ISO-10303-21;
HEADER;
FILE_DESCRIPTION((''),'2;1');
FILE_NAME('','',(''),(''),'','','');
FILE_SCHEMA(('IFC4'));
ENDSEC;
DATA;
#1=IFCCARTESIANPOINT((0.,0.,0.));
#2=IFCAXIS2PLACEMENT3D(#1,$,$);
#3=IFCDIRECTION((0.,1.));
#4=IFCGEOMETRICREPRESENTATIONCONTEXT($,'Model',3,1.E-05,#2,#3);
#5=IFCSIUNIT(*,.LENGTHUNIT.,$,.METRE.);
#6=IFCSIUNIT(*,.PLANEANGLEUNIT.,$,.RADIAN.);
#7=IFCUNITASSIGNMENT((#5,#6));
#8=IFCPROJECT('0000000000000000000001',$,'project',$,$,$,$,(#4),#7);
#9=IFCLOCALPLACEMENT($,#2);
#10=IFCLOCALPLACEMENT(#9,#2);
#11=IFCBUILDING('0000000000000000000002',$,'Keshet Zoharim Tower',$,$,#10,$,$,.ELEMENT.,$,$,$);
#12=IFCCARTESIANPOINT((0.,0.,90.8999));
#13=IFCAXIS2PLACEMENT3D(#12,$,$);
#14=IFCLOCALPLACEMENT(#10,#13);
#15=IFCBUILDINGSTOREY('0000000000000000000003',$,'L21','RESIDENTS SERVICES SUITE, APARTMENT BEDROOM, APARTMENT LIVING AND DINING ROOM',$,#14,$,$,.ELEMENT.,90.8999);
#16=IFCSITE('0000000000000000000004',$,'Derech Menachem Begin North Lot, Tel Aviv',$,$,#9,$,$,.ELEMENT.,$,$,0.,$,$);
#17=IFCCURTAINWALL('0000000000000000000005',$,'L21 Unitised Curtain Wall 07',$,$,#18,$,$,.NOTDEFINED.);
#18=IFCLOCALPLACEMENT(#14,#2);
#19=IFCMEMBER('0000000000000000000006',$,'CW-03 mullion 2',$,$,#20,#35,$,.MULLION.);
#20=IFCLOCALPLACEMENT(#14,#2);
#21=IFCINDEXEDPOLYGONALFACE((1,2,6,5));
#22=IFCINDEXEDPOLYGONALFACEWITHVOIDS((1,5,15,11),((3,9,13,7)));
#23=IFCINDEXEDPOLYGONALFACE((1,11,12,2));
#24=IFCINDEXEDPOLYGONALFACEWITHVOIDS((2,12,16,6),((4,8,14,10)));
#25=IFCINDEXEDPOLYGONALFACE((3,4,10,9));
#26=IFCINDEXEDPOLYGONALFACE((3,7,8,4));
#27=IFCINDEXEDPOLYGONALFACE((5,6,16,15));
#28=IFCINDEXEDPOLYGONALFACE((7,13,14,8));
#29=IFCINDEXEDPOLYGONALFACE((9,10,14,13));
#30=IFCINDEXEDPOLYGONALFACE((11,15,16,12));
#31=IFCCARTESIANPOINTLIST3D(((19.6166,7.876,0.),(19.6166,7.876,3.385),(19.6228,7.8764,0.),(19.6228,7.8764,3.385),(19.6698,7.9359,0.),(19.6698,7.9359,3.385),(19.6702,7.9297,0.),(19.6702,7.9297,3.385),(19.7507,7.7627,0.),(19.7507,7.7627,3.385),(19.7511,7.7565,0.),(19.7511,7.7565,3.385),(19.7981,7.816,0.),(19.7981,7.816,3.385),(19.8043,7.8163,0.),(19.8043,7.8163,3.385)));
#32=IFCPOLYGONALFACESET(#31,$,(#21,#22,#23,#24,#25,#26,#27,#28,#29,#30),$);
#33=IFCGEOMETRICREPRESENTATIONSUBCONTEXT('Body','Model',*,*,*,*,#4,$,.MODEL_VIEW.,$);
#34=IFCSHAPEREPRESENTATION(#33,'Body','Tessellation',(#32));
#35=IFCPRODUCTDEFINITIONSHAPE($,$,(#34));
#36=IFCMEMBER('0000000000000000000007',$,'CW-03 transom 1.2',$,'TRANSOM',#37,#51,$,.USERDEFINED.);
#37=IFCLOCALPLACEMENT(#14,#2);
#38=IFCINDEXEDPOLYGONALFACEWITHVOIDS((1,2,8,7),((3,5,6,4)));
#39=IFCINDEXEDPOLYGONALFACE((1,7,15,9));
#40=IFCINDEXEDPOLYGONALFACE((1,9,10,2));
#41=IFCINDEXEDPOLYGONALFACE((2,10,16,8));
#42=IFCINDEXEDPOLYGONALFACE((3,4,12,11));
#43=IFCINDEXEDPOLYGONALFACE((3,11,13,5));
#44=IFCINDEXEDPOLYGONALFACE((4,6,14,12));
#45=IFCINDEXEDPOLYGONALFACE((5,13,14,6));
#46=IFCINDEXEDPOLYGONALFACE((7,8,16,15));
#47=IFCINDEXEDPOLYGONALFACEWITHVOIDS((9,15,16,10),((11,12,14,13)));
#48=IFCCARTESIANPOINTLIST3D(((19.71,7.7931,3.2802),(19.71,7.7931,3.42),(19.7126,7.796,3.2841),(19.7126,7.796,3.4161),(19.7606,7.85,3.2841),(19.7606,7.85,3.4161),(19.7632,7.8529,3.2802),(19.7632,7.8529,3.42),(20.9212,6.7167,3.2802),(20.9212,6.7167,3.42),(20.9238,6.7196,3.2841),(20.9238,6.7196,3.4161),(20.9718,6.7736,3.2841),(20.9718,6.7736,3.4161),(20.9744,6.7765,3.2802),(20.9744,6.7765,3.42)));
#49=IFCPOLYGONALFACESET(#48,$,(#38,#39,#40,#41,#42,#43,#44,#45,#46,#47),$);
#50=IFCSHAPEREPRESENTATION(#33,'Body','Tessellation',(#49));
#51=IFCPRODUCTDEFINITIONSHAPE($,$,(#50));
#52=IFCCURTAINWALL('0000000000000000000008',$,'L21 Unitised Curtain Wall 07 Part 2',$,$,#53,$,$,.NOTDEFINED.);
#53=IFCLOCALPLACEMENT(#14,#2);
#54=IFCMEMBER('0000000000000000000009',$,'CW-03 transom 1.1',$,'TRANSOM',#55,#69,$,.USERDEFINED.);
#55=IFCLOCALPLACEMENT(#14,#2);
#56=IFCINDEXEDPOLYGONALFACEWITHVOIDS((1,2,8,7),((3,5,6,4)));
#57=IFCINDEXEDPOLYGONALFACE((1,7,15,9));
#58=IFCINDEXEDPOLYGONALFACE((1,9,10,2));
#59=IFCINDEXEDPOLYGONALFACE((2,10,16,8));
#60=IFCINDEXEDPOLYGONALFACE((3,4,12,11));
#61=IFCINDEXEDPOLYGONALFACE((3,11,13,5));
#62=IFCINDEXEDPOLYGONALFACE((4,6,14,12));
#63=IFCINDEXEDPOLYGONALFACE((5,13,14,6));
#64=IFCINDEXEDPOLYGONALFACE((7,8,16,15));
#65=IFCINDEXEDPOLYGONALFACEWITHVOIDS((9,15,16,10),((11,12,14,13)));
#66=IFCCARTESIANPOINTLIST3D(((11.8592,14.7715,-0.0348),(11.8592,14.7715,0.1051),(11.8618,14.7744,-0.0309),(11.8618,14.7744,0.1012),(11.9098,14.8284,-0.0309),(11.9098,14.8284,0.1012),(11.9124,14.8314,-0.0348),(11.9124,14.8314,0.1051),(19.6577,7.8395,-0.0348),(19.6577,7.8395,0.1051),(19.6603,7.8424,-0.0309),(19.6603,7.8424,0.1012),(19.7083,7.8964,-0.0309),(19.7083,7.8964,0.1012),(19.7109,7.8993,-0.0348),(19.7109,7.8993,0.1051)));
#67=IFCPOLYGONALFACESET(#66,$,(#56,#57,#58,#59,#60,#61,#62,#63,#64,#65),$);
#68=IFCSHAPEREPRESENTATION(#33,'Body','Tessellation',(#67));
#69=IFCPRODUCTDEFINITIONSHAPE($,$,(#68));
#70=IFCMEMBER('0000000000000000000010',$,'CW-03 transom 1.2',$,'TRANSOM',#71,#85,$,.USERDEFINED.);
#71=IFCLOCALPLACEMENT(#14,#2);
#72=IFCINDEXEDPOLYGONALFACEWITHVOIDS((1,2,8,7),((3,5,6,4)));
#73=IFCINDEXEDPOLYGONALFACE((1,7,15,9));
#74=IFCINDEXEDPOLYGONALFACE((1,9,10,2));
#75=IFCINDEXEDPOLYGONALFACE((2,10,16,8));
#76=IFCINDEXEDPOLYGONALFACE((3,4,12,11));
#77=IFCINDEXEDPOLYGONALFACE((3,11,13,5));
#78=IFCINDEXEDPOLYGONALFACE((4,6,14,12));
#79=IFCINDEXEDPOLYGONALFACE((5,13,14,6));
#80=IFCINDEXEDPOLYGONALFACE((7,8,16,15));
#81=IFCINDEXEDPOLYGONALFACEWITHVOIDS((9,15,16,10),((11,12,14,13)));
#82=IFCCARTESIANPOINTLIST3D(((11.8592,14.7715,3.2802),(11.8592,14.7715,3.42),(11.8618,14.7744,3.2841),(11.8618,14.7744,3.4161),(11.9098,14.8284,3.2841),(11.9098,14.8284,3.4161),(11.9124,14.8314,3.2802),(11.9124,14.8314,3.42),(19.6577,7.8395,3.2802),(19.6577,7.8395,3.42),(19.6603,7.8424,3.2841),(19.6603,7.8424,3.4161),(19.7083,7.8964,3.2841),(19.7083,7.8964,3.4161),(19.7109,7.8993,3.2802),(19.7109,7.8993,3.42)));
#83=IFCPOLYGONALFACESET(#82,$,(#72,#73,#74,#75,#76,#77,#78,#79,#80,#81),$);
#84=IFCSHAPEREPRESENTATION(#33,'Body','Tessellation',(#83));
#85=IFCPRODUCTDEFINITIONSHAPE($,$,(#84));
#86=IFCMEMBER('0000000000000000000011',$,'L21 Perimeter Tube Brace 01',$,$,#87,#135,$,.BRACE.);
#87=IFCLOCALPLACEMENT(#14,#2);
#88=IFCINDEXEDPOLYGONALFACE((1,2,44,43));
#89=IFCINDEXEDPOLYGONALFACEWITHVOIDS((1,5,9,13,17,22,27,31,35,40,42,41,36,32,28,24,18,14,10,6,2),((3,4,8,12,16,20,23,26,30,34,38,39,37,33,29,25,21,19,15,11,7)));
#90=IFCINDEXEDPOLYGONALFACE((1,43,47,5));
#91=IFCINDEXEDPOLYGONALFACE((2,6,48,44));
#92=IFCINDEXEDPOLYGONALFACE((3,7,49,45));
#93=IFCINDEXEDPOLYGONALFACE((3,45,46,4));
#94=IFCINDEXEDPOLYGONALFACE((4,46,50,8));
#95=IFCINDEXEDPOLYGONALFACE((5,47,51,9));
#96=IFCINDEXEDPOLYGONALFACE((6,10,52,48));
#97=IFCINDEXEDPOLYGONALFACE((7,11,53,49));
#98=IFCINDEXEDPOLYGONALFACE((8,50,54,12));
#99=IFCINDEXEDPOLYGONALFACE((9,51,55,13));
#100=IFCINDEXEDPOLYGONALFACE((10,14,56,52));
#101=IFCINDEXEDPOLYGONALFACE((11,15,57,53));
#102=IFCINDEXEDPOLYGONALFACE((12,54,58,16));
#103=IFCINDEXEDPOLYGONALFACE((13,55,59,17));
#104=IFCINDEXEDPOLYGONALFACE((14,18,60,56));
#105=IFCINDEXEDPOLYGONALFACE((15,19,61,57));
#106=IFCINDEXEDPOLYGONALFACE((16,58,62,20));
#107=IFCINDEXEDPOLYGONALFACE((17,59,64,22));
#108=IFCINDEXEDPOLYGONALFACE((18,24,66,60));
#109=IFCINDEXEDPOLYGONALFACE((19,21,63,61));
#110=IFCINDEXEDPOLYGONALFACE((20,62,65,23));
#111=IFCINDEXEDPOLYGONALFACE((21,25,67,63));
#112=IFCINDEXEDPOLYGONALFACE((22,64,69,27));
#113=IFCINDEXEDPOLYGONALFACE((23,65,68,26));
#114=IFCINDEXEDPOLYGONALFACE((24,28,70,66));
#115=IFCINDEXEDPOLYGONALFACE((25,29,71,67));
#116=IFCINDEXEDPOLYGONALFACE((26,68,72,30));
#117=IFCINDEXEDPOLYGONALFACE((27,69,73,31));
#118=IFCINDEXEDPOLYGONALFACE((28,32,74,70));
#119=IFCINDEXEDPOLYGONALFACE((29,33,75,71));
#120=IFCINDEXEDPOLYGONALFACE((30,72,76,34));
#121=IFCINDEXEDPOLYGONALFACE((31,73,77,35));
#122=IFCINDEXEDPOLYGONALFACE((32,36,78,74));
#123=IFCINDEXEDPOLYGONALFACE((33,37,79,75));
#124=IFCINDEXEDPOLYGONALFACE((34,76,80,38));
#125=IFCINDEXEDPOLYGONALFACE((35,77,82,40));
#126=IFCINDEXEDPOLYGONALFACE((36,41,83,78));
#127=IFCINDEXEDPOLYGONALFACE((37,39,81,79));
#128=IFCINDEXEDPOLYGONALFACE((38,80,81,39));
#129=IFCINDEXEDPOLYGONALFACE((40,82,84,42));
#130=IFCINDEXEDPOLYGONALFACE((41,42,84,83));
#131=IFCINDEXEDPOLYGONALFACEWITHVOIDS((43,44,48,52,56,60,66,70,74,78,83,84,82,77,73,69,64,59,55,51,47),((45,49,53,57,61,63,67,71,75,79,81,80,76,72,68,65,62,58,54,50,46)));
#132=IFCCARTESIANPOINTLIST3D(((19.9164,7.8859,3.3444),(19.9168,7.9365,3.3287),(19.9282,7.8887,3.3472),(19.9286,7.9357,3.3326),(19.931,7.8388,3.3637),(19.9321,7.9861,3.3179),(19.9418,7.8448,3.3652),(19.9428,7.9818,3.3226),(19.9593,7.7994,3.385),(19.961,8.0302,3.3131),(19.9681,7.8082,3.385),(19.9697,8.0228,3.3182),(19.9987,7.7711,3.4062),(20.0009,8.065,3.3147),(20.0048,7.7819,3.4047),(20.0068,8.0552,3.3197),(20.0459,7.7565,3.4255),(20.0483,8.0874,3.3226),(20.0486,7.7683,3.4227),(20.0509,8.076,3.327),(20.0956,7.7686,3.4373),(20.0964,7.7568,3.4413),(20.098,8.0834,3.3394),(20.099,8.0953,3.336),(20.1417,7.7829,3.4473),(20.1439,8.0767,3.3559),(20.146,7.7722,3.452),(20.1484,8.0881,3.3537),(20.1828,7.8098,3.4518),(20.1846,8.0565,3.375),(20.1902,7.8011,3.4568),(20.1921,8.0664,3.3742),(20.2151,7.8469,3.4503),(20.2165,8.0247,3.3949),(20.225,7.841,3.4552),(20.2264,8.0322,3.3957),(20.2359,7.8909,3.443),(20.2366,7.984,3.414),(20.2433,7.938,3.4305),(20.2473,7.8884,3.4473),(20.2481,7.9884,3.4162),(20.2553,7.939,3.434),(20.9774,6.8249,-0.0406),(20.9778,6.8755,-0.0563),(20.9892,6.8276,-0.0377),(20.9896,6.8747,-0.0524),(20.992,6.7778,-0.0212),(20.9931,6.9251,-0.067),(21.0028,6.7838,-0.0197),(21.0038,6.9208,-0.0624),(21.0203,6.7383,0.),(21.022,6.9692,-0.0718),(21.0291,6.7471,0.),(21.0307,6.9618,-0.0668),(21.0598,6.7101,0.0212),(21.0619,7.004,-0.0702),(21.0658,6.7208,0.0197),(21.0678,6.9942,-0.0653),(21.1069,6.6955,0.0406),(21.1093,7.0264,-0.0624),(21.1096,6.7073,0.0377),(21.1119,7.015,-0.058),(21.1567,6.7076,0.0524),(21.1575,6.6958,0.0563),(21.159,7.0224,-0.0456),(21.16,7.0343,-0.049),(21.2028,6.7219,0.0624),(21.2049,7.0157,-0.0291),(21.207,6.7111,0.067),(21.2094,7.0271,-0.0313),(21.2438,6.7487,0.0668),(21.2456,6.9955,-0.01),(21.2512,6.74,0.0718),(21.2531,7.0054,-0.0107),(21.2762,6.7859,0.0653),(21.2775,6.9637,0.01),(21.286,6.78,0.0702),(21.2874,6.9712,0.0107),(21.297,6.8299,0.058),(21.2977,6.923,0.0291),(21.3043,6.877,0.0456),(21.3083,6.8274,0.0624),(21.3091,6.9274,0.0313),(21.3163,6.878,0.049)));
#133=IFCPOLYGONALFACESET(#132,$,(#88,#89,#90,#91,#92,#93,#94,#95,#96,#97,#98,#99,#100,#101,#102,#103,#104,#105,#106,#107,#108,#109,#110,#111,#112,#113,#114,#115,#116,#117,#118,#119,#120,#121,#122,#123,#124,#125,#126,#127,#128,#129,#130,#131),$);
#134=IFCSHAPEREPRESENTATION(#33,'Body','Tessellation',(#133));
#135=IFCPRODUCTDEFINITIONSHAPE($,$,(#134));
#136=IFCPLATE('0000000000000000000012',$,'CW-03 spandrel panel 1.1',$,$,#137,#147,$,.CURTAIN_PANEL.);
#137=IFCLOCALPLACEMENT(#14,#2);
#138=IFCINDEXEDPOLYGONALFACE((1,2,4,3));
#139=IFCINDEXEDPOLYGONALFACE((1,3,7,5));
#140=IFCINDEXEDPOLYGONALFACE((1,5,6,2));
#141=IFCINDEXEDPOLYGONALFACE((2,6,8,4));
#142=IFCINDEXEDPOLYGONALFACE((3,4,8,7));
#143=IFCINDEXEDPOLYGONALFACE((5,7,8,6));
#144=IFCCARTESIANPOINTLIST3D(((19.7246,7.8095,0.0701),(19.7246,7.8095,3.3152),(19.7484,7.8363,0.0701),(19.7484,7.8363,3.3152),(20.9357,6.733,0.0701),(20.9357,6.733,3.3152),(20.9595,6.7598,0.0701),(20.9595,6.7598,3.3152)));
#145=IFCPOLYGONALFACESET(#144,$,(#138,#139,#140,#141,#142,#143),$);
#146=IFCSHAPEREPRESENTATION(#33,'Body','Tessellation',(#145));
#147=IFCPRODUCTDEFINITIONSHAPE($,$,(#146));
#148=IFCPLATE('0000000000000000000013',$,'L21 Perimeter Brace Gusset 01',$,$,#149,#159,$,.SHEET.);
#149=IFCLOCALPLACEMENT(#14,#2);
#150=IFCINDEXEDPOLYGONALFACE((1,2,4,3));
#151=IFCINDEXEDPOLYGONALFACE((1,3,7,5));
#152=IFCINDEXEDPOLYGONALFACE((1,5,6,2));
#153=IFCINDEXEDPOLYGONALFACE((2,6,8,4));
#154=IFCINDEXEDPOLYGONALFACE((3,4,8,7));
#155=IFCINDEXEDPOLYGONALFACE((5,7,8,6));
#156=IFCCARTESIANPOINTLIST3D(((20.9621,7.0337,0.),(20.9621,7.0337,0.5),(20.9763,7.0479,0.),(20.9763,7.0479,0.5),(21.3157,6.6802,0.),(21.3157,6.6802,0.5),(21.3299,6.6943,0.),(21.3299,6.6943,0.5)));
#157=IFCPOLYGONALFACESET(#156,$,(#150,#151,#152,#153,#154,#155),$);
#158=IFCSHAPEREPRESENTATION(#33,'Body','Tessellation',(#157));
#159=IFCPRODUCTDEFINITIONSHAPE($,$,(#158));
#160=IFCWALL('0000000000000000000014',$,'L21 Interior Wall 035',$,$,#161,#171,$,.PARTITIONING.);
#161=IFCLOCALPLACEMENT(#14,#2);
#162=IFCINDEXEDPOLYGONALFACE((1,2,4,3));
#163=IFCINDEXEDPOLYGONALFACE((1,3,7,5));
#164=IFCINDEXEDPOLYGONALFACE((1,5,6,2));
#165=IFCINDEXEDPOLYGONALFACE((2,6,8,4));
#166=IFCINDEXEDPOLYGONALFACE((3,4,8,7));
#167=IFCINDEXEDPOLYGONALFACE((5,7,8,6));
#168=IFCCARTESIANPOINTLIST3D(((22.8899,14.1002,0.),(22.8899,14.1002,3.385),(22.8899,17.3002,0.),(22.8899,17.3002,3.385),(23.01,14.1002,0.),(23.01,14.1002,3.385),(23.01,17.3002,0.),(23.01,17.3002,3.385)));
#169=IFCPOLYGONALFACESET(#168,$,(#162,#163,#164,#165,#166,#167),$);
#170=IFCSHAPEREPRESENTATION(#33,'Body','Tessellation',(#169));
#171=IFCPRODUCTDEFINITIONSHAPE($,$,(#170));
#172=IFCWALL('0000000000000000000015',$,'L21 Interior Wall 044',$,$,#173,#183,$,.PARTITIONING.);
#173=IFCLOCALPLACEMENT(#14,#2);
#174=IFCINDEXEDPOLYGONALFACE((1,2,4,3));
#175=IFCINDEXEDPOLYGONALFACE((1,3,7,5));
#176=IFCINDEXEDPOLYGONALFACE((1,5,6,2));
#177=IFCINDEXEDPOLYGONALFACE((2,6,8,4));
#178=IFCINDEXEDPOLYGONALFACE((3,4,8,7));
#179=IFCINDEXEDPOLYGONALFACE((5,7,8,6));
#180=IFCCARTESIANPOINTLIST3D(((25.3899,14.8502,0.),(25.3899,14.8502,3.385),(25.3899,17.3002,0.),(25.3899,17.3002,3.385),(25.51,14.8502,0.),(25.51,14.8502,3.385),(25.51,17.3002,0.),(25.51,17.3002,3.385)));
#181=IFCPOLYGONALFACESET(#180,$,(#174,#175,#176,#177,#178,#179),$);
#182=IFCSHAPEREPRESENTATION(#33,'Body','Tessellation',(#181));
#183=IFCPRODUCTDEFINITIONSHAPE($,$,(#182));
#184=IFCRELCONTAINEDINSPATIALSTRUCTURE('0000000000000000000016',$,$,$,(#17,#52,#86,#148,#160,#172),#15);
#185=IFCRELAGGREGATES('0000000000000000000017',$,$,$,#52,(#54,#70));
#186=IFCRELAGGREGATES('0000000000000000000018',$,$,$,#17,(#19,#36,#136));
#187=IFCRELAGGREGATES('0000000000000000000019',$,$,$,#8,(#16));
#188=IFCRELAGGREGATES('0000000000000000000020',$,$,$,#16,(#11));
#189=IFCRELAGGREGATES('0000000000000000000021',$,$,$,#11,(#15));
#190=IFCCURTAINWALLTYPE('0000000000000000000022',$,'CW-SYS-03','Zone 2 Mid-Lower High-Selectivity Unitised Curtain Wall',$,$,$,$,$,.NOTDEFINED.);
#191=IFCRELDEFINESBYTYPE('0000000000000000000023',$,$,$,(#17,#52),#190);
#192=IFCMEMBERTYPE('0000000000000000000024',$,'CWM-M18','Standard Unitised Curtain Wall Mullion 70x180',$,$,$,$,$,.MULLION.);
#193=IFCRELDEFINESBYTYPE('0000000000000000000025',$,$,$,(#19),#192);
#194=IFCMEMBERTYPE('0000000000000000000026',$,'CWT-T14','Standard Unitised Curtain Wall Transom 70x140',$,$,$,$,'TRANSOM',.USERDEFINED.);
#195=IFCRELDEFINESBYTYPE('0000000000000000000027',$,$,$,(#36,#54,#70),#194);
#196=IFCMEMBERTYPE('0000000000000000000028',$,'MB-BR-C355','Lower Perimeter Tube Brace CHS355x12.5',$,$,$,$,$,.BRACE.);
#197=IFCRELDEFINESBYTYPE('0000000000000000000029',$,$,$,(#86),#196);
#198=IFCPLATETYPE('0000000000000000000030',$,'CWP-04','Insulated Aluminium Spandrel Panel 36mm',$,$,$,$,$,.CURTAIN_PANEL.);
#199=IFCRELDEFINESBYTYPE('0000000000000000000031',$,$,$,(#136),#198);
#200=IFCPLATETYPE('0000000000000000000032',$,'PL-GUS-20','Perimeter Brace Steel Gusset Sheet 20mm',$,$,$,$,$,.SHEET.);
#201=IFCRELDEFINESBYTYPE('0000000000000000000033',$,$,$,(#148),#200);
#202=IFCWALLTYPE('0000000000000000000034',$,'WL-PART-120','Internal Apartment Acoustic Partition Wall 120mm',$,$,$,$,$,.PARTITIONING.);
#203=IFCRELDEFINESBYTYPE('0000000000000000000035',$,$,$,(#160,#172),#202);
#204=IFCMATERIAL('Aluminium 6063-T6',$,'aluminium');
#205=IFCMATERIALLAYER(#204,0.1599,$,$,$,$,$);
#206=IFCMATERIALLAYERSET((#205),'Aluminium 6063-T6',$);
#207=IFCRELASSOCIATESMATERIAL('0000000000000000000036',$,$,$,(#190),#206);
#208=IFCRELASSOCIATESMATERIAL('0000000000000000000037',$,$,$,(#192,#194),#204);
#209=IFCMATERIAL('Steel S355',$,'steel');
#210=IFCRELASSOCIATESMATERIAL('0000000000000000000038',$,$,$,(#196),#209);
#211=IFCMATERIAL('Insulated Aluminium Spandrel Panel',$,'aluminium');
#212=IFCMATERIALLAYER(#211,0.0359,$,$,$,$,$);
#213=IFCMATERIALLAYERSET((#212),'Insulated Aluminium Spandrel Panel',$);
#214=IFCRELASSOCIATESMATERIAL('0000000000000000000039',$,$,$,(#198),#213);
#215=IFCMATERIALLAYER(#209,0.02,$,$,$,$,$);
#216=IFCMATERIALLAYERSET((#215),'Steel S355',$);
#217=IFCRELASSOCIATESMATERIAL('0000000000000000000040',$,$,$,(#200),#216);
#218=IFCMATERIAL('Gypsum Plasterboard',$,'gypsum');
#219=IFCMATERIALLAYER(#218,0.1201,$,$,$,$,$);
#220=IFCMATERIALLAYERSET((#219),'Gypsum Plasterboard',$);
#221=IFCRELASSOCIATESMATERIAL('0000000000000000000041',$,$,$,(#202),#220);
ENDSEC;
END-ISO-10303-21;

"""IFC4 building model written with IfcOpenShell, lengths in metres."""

from ifc_helpers import new_model, si_unit, direction, frame, frame_2d, origin, origin_2d, place, context, subcontext, project, spatial, rectangle, hollow_rectangle, hollow_circle, extrude, material, layer, layer_set, material_profile, profile_set, type_object, element, aggregate, save


model = new_model("IFC4")

# Units and contexts
model_context = context("Model", 3, precision=1e-05, world=origin(), true_north=direction((0.0, 1.0)))
body_context = subcontext(model_context, "Body", "Model", "MODEL_VIEW")
ifc_project = project(units=[si_unit("LENGTHUNIT", "METRE"), si_unit("PLANEANGLEUNIT", "RADIAN")], contexts=[model_context])

# Site, building, storey
site_placement = place(None, origin())
site = spatial("IfcSite", under=ifc_project, at=site_placement, Name="Derech Menachem Begin North Lot, Tel Aviv", CompositionType="ELEMENT", RefElevation=0.0)
building_placement = place(site_placement, origin())
building = spatial("IfcBuilding", under=site, at=building_placement, Name="Keshet Zoharim Tower", CompositionType="ELEMENT")
storey_placement = place(building_placement, frame((0.0, 0.0, 90.8999)))
storey = spatial("IfcBuildingStorey", under=building, at=storey_placement, Name="L21", Description="RESIDENTS SERVICES SUITE, APARTMENT BEDROOM, APARTMENT LIVING AND DINING ROOM", CompositionType="ELEMENT", Elevation=90.8999)

# Curtain walls, members
ifc_material_1 = material(Name="Aluminium 6063-T6", Category="aluminium")
ifc_layer_1 = layer(ifc_material_1, 0.1599)
ifc_layer_set_1 = layer_set([ifc_layer_1], Name="Aluminium 6063-T6")
curtain_wall_type = type_object("IfcCurtainWallType", Name="CW-SYS-03", Description="Zone 2 Mid-Lower High-Selectivity Unitised Curtain Wall", PredefinedType="NOTDEFINED", material=ifc_layer_set_1)
curtain_wall_1_placement = place(storey_placement, origin())
curtain_wall_1 = element("IfcCurtainWall", 1, at=curtain_wall_1_placement, inside=storey, type_object=curtain_wall_type, Name="L21 Unitised Curtain Wall 07", PredefinedType="NOTDEFINED")
ifc_material_profile_1 = material_profile(ifc_material_1, hollow_rectangle(XDim=0.0801, YDim=0.1799, WallThickness=0.0044, at=origin_2d()), Name="MUL-80x180")
ifc_profile_set_1 = profile_set([ifc_material_profile_1], Name="Aluminium 6063-T6")
member_type_1 = type_object("IfcMemberType", Name="CWM-M18", Description="Standard Unitised Curtain Wall Mullion 70x180", PredefinedType="MULLION", material=ifc_profile_set_1)
member_1_placement = place(storey_placement, frame((19.7104, 7.8462, 0.0), z_axis=(0.0, 0.0, 1.0), x_axis=(-0.66436, -0.747412, 0.0)))
member_1 = element("IfcMember", 2, at=member_1_placement, type_object=member_type_1, Name="CW-03 mullion 2", PredefinedType="MULLION", context=body_context, shape_type="SweptSolid", body=[
    extrude(hollow_rectangle(XDim=0.0801, YDim=0.1799, WallThickness=0.0044, at=origin_2d()), origin(), (0.0, 0.0, 1.0), 3.385),
])
ifc_material_profile_2 = material_profile(ifc_material_1, hollow_rectangle(XDim=0.0801, YDim=0.1399, WallThickness=0.0039, at=origin_2d()), Name="TRN-80x140")
ifc_profile_set_2 = profile_set([ifc_material_profile_2], Name="Aluminium 6063-T6")
member_type_2 = type_object("IfcMemberType", Name="CWT-T14", Description="Standard Unitised Curtain Wall Transom 70x140", ElementType="TRANSOM", PredefinedType="USERDEFINED", material=ifc_profile_set_2)
member_2_placement = place(storey_placement, frame((20.9478, 6.7466, 3.3501), z_axis=(-0.747468, 0.664298, 0.0), x_axis=(-0.664298, -0.747468, 0.0)))
member_2 = element("IfcMember", 3, at=member_2_placement, type_object=member_type_2, Name="CW-03 transom 1.2", ObjectType="TRANSOM", PredefinedType="USERDEFINED", context=body_context, shape_type="SweptSolid", body=[
    extrude(hollow_rectangle(XDim=0.0801, YDim=0.1399, WallThickness=0.0039, at=origin_2d()), origin(), (0.0, 0.0, 1.0), 1.6204),
])
curtain_wall_2_placement = place(storey_placement, origin())
curtain_wall_2 = element("IfcCurtainWall", 4, at=curtain_wall_2_placement, inside=storey, type_object=curtain_wall_type, Name="L21 Unitised Curtain Wall 07 Part 2", PredefinedType="NOTDEFINED")
member_3_placement = place(storey_placement, frame((19.6843, 7.8694, 0.0352), z_axis=(-0.747407, 0.664367, 0.0), x_axis=(-0.664367, -0.747407, 0.0)))
member_3 = element("IfcMember", 5, at=member_3_placement, type_object=member_type_2, Name="CW-03 transom 1.1", ObjectType="TRANSOM", PredefinedType="USERDEFINED", context=body_context, shape_type="SweptSolid", body=[
    extrude(hollow_rectangle(XDim=0.0801, YDim=0.1399, WallThickness=0.0039, at=origin_2d()), origin(), (0.0, 0.0, 1.0), 10.4341),
])
member_4_placement = place(storey_placement, frame((19.6843, 7.8694, 3.3501), z_axis=(-0.747407, 0.664367, 0.0), x_axis=(-0.664367, -0.747407, 0.0)))
member_4 = element("IfcMember", 6, at=member_4_placement, type_object=member_type_2, Name="CW-03 transom 1.2", ObjectType="TRANSOM", PredefinedType="USERDEFINED", context=body_context, shape_type="SweptSolid", body=[
    extrude(hollow_rectangle(XDim=0.0801, YDim=0.1399, WallThickness=0.0039, at=origin_2d()), origin(), (0.0, 0.0, 1.0), 10.4341),
])
aggregate(curtain_wall_2, [member_3, member_4])

# Member
ifc_material_2 = material(Name="Steel S355", Category="steel")
ifc_material_profile_3 = material_profile(ifc_material_2, hollow_circle(Radius=0.1777, WallThickness=0.0125, at=origin_2d()), Name="CHS355x12.5")
ifc_profile_set_3 = profile_set([ifc_material_profile_3], Name="Steel S355")
member_type_3 = type_object("IfcMemberType", Name="MB-BR-C355", Description="Lower Perimeter Tube Brace CHS355x12.5", PredefinedType="BRACE", material=ifc_profile_set_3)
member_5_placement = place(storey_placement, frame((21.146, 6.864, 0.0), z_axis=(-0.286558, 0.286558, 0.914204), x_axis=(-0.707107, -0.707107, 0.0)))
element("IfcMember", 7, at=member_5_placement, inside=storey, type_object=member_type_3, Name="L21 Perimeter Tube Brace 01", PredefinedType="BRACE", context=body_context, shape_type="SweptSolid", body=[
    extrude(hollow_circle(Radius=0.1777, WallThickness=0.0125, at=origin_2d()), origin(), (0.0, 0.0, 1.0), 3.7026),
])

# Plates
ifc_material_3 = material(Name="Insulated Aluminium Spandrel Panel", Category="aluminium")
ifc_layer_2 = layer(ifc_material_3, 0.0359)
ifc_layer_set_2 = layer_set([ifc_layer_2], Name="Insulated Aluminium Spandrel Panel")
plate_type_1 = type_object("IfcPlateType", Name="CWP-04", Description="Insulated Aluminium Spandrel Panel 36mm", PredefinedType="CURTAIN_PANEL", material=ifc_layer_set_2)
plate_1_placement = place(storey_placement, frame((20.342, 7.2847, 0.0701), z_axis=(0.0, 0.0, 1.0), x_axis=(-0.747412, 0.66436, 0.0)))
plate_1 = element("IfcPlate", 8, at=plate_1_placement, type_object=plate_type_1, Name="CW-03 spandrel panel 1.1", PredefinedType="CURTAIN_PANEL", context=body_context, shape_type="SweptSolid", body=[
    extrude(rectangle(XDim=1.6204, YDim=0.0359, at=origin_2d()), origin(), (0.0, 0.0, 1.0), 3.2451),
])
aggregate(curtain_wall_1, [member_1, member_2, plate_1])
ifc_layer_3 = layer(ifc_material_2, 0.02)
ifc_layer_set_3 = layer_set([ifc_layer_3], Name="Steel S355")
plate_type_2 = type_object("IfcPlateType", Name="PL-GUS-20", Description="Perimeter Brace Steel Gusset Sheet 20mm", PredefinedType="SHEET", material=ifc_layer_set_3)
plate_2_placement = place(storey_placement, frame((21.146, 6.864, 0.0), z_axis=(0.0, 0.0, 1.0), x_axis=(-0.707107, 0.707107, 0.0)))
element("IfcPlate", 9, at=plate_2_placement, inside=storey, type_object=plate_type_2, Name="L21 Perimeter Brace Gusset 01", PredefinedType="SHEET", context=body_context, shape_type="SweptSolid", body=[
    extrude(rectangle(XDim=0.5, YDim=0.02, at=origin_2d()), origin(), (0.0, 0.0, 1.0), 0.5),
])

# Shared definitions
ifc_material_4 = material(Name="Gypsum Plasterboard", Category="gypsum")
ifc_layer_4 = layer(ifc_material_4, 0.1201)
ifc_layer_set_4 = layer_set([ifc_layer_4], Name="Gypsum Plasterboard")
wall_type_1 = type_object("IfcWallType", Name="WL-PART-120", Description="Internal Apartment Acoustic Partition Wall 120mm", PredefinedType="PARTITIONING", material=ifc_layer_set_4)

# Walls
wall_1_placement = place(storey_placement, frame((22.95, 14.1001, 0.0), z_axis=(0.0, 0.0, 1.0), x_axis=(0.0, 1.0, 0.0)))
element("IfcWall", 10, at=wall_1_placement, inside=storey, type_object=wall_type_1, Name="L21 Interior Wall 035", PredefinedType="PARTITIONING", context=body_context, shape_type="SweptSolid", body=[
    extrude(rectangle(XDim=3.2, YDim=0.1201, at=frame_2d((1.6001, 0.0))), origin(), (0.0, 0.0, 1.0), 3.385),
])
wall_2_placement = place(storey_placement, frame((25.45, 14.8501, 0.0), z_axis=(0.0, 0.0, 1.0), x_axis=(0.0, 1.0, 0.0)))
element("IfcWall", 11, at=wall_2_placement, inside=storey, type_object=wall_type_1, Name="L21 Interior Wall 044", PredefinedType="PARTITIONING", context=body_context, shape_type="SweptSolid", body=[
    extrude(rectangle(XDim=2.45, YDim=0.1201, at=frame_2d((1.2251, 0.0))), origin(), (0.0, 0.0, 1.0), 3.385),
])

save(model, "model.ifc")
